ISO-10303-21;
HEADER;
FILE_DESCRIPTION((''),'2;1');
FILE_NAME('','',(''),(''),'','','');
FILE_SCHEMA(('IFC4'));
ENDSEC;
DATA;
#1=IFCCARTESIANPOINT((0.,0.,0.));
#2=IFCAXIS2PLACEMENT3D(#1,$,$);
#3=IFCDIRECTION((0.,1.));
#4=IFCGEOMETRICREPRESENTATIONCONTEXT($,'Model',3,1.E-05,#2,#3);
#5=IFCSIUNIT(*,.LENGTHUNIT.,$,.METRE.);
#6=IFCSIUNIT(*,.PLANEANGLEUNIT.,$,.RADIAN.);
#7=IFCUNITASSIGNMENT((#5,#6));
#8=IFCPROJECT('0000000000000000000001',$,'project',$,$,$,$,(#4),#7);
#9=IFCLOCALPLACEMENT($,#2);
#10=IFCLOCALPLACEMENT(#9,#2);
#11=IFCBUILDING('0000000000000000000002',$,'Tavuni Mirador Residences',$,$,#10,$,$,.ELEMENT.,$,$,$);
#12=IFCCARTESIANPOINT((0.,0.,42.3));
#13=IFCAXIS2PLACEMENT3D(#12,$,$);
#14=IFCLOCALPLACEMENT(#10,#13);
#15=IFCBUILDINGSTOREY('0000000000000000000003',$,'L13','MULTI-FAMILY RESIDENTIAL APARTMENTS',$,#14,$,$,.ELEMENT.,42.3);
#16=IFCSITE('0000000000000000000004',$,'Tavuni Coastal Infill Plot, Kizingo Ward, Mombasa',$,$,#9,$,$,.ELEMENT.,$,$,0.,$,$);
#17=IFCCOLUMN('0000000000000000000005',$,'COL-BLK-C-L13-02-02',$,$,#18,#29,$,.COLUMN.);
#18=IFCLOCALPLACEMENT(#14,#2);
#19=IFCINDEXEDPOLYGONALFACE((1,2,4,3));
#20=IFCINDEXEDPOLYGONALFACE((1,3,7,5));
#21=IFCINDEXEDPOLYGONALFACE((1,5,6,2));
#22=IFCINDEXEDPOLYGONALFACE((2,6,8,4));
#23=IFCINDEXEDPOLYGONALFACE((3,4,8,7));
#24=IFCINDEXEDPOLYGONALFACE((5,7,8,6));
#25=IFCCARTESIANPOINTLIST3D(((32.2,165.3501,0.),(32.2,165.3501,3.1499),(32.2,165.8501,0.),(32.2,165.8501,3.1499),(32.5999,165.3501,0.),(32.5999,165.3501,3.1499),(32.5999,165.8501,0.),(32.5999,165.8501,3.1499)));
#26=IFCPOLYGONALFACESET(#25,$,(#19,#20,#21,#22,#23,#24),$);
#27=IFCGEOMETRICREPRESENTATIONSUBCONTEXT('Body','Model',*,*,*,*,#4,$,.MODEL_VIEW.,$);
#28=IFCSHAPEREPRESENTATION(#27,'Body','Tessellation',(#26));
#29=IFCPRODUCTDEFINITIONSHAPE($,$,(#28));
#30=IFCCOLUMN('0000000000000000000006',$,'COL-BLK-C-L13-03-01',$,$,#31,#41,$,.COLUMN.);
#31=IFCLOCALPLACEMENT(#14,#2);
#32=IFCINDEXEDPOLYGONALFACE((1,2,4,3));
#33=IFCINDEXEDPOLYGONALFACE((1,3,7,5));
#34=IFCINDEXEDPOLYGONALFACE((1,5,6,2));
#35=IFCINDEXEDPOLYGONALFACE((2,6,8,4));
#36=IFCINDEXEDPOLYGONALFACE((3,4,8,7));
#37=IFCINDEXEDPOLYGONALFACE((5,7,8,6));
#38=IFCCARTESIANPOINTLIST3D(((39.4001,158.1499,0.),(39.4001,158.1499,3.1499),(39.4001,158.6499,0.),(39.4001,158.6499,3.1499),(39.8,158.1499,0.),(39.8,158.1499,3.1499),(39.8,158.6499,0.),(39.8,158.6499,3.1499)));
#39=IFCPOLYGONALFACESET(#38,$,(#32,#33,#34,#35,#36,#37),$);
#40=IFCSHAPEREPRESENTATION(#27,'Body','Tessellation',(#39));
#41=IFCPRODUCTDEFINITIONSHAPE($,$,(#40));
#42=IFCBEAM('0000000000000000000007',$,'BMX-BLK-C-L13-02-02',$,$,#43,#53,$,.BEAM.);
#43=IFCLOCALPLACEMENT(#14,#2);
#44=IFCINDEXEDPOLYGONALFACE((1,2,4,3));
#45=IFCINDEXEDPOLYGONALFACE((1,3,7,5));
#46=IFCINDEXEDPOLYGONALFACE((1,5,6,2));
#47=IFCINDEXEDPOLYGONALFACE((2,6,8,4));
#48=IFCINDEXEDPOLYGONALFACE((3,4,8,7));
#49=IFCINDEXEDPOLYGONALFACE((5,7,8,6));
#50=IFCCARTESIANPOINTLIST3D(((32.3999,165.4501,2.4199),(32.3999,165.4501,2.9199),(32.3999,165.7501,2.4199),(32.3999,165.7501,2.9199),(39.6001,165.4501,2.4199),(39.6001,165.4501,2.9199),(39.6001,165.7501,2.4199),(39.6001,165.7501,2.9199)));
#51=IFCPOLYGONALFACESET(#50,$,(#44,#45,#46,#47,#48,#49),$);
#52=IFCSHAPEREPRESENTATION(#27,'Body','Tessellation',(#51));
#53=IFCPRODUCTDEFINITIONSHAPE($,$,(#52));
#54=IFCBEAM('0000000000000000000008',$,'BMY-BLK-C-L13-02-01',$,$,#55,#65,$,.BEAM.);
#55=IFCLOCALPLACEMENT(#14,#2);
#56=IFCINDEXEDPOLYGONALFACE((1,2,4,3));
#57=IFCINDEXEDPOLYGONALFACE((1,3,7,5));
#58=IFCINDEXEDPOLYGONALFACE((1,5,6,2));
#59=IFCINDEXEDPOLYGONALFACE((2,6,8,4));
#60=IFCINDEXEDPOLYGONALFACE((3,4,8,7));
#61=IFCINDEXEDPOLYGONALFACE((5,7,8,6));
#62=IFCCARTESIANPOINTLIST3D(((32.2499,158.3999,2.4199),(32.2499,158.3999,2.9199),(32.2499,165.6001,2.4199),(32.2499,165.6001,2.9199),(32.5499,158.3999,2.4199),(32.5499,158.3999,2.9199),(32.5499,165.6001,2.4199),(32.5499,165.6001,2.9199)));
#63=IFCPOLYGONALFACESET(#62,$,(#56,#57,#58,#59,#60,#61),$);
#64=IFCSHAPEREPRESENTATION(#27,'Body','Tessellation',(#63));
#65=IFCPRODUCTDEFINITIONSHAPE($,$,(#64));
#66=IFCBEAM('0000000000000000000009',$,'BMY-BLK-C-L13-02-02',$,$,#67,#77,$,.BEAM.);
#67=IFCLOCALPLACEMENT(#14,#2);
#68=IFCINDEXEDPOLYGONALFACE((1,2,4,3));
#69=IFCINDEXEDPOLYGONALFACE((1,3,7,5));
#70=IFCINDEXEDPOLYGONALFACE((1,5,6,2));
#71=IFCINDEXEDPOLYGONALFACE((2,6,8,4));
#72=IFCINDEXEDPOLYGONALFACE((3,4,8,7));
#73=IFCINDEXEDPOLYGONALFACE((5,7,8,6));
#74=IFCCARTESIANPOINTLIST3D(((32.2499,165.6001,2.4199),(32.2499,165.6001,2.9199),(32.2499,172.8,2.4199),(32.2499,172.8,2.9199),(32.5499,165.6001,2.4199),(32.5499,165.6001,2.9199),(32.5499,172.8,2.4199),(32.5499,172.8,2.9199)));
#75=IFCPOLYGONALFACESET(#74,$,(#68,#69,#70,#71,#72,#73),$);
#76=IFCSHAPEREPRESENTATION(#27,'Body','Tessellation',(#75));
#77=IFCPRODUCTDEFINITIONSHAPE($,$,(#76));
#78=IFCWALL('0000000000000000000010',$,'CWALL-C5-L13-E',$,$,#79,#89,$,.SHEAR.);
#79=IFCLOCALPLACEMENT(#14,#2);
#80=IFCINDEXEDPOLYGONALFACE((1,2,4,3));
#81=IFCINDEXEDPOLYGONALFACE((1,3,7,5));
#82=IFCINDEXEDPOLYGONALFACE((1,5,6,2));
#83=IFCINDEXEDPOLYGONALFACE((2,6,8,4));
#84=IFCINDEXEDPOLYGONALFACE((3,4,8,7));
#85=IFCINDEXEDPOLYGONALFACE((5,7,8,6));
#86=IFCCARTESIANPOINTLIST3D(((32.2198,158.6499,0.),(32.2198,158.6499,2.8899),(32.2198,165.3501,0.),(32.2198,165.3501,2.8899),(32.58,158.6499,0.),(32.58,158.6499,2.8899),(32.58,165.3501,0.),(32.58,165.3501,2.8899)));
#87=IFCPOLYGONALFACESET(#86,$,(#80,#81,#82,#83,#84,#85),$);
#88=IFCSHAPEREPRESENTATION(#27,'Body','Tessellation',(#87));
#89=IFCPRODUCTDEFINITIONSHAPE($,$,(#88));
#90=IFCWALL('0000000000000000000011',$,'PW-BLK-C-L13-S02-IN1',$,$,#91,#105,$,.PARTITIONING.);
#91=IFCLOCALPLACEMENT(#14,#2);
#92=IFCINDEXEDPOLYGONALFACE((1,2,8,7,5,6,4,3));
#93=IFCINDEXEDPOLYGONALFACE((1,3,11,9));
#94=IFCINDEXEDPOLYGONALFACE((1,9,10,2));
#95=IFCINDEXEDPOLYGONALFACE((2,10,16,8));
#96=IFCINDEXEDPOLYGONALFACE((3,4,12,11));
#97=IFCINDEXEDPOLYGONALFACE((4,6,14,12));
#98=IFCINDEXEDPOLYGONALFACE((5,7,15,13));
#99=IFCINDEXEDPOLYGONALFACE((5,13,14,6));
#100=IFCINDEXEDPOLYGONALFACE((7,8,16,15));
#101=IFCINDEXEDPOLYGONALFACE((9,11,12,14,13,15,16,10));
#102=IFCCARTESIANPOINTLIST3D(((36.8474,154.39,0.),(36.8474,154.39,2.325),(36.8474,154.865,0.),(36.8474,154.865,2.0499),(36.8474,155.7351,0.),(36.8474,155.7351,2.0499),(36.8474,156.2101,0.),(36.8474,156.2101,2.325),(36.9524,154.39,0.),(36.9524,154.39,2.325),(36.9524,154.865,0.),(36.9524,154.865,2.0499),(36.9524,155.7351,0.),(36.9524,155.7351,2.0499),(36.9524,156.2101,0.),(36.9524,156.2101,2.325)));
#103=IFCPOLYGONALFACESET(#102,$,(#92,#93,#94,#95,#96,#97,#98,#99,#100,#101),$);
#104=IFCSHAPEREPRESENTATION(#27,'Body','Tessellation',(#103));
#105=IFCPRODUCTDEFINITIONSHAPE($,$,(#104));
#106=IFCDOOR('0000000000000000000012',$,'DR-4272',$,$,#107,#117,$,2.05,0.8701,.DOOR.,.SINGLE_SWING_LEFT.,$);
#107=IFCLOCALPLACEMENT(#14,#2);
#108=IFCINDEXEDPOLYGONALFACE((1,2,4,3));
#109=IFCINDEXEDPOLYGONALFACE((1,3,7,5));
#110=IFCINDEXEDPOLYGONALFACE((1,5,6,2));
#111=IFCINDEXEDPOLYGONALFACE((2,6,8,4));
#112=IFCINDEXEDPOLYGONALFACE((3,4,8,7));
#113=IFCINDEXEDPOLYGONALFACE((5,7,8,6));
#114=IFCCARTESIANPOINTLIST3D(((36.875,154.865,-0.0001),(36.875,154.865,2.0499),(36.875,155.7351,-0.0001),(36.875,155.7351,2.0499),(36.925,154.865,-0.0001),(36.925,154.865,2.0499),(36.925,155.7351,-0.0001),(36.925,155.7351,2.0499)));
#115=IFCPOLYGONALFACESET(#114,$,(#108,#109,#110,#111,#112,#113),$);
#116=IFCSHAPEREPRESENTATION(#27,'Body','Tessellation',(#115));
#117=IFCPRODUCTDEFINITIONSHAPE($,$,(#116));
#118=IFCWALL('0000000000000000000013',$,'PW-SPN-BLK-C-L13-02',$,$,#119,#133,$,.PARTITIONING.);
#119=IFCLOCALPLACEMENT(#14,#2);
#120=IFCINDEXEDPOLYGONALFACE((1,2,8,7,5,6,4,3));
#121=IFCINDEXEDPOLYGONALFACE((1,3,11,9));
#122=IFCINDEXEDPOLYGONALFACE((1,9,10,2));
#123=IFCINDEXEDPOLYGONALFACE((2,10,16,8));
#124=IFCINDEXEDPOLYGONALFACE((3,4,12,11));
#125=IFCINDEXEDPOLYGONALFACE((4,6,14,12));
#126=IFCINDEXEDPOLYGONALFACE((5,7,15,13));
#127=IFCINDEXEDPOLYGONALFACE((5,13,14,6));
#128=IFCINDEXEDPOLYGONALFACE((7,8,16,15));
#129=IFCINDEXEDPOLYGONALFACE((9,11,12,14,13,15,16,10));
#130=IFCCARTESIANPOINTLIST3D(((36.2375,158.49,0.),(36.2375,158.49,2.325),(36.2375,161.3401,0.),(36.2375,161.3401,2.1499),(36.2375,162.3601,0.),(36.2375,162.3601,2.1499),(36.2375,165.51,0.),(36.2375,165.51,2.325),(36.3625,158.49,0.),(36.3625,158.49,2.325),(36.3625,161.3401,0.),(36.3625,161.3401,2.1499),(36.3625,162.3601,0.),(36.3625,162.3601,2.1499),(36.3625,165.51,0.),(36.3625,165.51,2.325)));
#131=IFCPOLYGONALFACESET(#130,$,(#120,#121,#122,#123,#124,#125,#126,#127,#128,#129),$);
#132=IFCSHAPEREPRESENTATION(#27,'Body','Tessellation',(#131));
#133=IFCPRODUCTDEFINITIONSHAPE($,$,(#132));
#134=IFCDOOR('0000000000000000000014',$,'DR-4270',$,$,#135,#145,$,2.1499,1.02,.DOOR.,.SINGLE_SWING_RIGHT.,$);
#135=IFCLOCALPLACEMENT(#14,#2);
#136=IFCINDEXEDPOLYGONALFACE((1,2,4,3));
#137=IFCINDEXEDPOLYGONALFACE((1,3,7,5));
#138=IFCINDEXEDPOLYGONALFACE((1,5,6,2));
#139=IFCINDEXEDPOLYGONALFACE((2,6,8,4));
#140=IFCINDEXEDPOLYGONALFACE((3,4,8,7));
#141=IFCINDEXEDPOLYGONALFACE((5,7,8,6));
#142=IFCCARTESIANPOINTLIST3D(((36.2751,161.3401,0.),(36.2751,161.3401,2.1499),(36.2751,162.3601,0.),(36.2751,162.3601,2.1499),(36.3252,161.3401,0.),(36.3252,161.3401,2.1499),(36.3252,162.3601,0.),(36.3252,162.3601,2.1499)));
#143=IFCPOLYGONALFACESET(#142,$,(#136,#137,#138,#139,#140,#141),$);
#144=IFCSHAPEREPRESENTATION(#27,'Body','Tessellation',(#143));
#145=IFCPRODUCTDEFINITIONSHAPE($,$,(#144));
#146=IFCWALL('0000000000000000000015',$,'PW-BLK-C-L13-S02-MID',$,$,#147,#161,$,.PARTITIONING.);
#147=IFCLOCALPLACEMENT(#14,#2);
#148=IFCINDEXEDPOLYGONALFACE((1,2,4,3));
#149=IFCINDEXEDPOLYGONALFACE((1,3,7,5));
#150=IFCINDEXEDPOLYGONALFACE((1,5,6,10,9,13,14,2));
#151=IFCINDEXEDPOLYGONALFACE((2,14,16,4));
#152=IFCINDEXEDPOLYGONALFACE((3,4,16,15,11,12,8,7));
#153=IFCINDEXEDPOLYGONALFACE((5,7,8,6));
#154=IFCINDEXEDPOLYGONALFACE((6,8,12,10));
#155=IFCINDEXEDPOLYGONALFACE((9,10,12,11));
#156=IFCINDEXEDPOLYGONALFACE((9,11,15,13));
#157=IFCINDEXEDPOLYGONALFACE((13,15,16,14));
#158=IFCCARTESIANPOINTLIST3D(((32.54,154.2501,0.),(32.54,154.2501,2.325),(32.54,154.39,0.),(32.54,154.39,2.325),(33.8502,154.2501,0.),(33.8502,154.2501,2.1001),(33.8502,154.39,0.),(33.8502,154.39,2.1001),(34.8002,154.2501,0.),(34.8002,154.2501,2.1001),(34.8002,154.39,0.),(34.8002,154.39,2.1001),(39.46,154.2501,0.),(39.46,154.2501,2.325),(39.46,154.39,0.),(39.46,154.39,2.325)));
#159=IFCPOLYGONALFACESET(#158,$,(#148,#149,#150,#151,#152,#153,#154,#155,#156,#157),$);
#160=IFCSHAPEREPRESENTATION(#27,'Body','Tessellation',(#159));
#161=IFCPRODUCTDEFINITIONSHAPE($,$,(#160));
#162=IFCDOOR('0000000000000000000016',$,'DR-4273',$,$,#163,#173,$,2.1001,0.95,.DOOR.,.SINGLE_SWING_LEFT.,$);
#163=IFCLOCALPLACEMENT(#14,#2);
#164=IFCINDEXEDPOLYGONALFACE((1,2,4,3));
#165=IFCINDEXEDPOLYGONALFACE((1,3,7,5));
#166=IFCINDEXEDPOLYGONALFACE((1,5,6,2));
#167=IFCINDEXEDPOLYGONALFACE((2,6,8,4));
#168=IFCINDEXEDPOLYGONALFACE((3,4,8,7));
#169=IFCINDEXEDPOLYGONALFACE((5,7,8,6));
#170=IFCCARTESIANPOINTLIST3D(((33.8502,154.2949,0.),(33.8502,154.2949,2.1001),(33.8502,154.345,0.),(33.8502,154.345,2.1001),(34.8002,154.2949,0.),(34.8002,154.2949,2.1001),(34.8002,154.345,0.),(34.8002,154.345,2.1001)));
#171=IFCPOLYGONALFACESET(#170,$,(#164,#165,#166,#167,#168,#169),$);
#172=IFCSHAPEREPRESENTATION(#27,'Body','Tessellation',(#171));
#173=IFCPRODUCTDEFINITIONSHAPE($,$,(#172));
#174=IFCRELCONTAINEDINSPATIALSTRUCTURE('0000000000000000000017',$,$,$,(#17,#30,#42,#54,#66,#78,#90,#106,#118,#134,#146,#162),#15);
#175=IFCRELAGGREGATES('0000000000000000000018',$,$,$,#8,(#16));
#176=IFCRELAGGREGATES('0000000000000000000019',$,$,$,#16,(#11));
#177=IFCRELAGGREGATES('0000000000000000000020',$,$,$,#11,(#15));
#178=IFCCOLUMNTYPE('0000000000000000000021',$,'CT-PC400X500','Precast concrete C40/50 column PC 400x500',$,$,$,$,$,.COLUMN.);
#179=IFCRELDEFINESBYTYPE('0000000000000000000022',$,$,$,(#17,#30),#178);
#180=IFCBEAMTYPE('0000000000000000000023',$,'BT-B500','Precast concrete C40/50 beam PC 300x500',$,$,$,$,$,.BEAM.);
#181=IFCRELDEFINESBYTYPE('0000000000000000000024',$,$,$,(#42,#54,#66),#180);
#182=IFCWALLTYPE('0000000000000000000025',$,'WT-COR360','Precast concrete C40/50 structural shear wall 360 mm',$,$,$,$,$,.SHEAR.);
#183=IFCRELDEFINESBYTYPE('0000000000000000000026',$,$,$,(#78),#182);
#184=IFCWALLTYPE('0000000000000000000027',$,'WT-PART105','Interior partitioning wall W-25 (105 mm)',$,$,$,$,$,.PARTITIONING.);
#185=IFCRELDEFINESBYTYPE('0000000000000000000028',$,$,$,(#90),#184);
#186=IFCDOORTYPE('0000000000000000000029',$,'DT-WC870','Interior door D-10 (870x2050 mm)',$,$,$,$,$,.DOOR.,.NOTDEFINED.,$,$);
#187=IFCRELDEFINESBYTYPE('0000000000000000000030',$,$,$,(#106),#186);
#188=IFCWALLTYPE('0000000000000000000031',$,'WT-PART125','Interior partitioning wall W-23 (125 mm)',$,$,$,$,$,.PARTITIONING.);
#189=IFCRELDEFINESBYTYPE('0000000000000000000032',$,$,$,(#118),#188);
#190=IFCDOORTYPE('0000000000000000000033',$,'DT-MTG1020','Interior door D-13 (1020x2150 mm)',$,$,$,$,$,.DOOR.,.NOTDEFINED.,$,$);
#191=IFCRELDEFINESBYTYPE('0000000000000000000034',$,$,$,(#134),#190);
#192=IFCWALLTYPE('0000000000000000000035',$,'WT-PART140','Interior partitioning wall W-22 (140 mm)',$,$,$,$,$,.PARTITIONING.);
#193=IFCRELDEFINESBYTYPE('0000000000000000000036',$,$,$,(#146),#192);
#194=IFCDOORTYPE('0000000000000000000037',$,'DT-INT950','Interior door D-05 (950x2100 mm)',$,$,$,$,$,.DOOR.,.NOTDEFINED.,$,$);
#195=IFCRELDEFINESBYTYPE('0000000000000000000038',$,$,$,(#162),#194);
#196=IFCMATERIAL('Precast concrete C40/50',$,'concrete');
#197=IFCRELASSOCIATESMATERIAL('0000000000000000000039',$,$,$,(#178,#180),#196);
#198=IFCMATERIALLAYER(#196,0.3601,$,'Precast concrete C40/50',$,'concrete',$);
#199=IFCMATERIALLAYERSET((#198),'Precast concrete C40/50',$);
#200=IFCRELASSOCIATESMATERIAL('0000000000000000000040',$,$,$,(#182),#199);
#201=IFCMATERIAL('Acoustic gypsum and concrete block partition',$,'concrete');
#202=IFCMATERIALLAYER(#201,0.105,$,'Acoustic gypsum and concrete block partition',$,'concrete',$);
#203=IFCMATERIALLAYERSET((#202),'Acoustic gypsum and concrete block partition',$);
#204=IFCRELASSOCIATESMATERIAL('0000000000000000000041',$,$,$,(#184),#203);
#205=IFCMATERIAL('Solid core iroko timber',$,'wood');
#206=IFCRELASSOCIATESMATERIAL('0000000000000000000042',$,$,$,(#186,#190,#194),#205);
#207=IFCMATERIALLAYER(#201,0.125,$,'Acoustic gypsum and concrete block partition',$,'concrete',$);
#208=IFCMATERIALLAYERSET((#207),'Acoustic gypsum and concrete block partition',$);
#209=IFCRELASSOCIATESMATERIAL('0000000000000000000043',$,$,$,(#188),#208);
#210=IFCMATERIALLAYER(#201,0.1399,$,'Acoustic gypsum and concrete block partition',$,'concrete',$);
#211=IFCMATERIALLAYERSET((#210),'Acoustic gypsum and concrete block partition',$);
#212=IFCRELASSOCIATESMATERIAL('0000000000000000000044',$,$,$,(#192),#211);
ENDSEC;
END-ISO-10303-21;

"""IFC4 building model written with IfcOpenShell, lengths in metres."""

from ifc_helpers import new_model, si_unit, direction, frame, frame_2d, origin, origin_2d, place, context, subcontext, project, spatial, rectangle, extrude, material, layer, layer_set, material_profile, profile_set, type_object, element, fill, save


model = new_model("IFC4")

# Units and contexts
model_context = context("Model", 3, precision=1e-05, world=origin(), true_north=direction((0.0, 1.0)))
body_context = subcontext(model_context, "Body", "Model", "MODEL_VIEW")
ifc_project = project(units=[si_unit("LENGTHUNIT", "METRE"), si_unit("PLANEANGLEUNIT", "RADIAN")], contexts=[model_context])

# Site, building, storey
site_placement = place(None, origin())
site = spatial("IfcSite", under=ifc_project, at=site_placement, Name="Tavuni Coastal Infill Plot, Kizingo Ward, Mombasa", CompositionType="ELEMENT", RefElevation=0.0)
building_placement = place(site_placement, origin())
building = spatial("IfcBuilding", under=site, at=building_placement, Name="Tavuni Mirador Residences", CompositionType="ELEMENT")
storey_placement = place(building_placement, frame((0.0, 0.0, 42.3)))
storey = spatial("IfcBuildingStorey", under=building, at=storey_placement, Name="L13", Description="MULTI-FAMILY RESIDENTIAL APARTMENTS", CompositionType="ELEMENT", Elevation=42.3)

# Columns
ifc_material_1 = material(Name="Precast concrete C40/50", Category="concrete")
ifc_material_profile_1 = material_profile(ifc_material_1, rectangle(XDim=0.3999, YDim=0.5, at=origin_2d()), Name="PC 400x500", Category="concrete")
ifc_profile_set_1 = profile_set([ifc_material_profile_1], Name="Precast concrete C40/50")
column_type = type_object("IfcColumnType", Name="CT-PC400X500", Description="Precast concrete C40/50 column PC 400x500", PredefinedType="COLUMN", material=ifc_profile_set_1)
for number, where, z_axis, x_axis, name in (
    (1, (32.3999, 165.6001, 0.0), (0.0, 0.0, 1.0), (1.0, 0.0, 0.0), "COL-BLK-C-L13-02-02"),
    (2, (39.6001, 158.3999, 0.0), (0.0, 0.0, 1.0), (1.0, 0.0, 0.0), "COL-BLK-C-L13-03-01"),
):
    element("IfcColumn", number, at=place(storey_placement, frame(where, z_axis=z_axis, x_axis=x_axis)), inside=storey, type_object=column_type, Name=name, PredefinedType="COLUMN", context=body_context, shape_type="SweptSolid", body=[
        extrude(rectangle(XDim=0.3999, YDim=0.5, at=origin_2d()), origin(), (0.0, 0.0, 1.0), 3.1499),
    ])

# Beams
ifc_material_profile_2 = material_profile(ifc_material_1, rectangle(XDim=0.3, YDim=0.5, at=origin_2d()), Name="PC 300x500", Category="concrete")
ifc_profile_set_2 = profile_set([ifc_material_profile_2], Name="Precast concrete C40/50")
beam_type = type_object("IfcBeamType", Name="BT-B500", Description="Precast concrete C40/50 beam PC 300x500", PredefinedType="BEAM", material=ifc_profile_set_2)
for number, where, z_axis, x_axis, name in (
    (3, (32.3999, 165.6001, 2.6699), (1.0, 0.0, 0.0), (0.0, 1.0, 0.0), "BMX-BLK-C-L13-02-02"),
    (4, (32.3999, 158.3999, 2.6699), (0.0, 1.0, 0.0), (-1.0, 0.0, 0.0), "BMY-BLK-C-L13-02-01"),
):
    element("IfcBeam", number, at=place(storey_placement, frame(where, z_axis=z_axis, x_axis=x_axis)), inside=storey, type_object=beam_type, Name=name, PredefinedType="BEAM", context=body_context, shape_type="SweptSolid", body=[
        extrude(rectangle(XDim=0.3, YDim=0.5, at=origin_2d()), origin(), (0.0, 0.0, 1.0), 7.2002),
    ])
beam_placement = place(storey_placement, frame((32.3999, 165.6001, 2.6699), z_axis=(0.0, 1.0, 0.0), x_axis=(-1.0, 0.0, 0.0)))
element("IfcBeam", 5, at=beam_placement, inside=storey, type_object=beam_type, Name="BMY-BLK-C-L13-02-02", PredefinedType="BEAM", context=body_context, shape_type="SweptSolid", body=[
    extrude(rectangle(XDim=0.3, YDim=0.5, at=origin_2d()), origin(), (0.0, 0.0, 1.0), 7.2),
])

# Wall
ifc_layer_1 = layer(ifc_material_1, 0.3601, Name="Precast concrete C40/50", Category="concrete")
ifc_layer_set_1 = layer_set([ifc_layer_1], Name="Precast concrete C40/50")
wall_type_1 = type_object("IfcWallType", Name="WT-COR360", Description="Precast concrete C40/50 structural shear wall 360 mm", PredefinedType="SHEAR", material=ifc_layer_set_1)
wall_1_placement = place(storey_placement, frame((32.3999, 158.6499, 0.0), z_axis=(0.0, 0.0, 1.0), x_axis=(0.0, 1.0, 0.0)))
element("IfcWall", 6, at=wall_1_placement, inside=storey, type_object=wall_type_1, Name="CWALL-C5-L13-E", PredefinedType="SHEAR", context=body_context, shape_type="SweptSolid", body=[
    extrude(rectangle(XDim=6.7002, YDim=0.3601, at=frame_2d((3.3501, 0.0))), origin(), (0.0, 0.0, 1.0), 2.8899),
])

# Walls, openings, doors
ifc_material_2 = material(Name="Solid core iroko timber", Category="wood")
ifc_material_3 = material(Name="Acoustic gypsum and concrete block partition", Category="concrete")
ifc_layer_2 = layer(ifc_material_3, 0.105, Name="Acoustic gypsum and concrete block partition", Category="concrete")
ifc_layer_set_2 = layer_set([ifc_layer_2], Name="Acoustic gypsum and concrete block partition")
wall_type_2 = type_object("IfcWallType", Name="WT-PART105", Description="Interior partitioning wall W-25 (105 mm)", PredefinedType="PARTITIONING", material=ifc_layer_set_2)
wall_2_placement = place(storey_placement, frame((36.8999, 154.3899, 0.0), z_axis=(0.0, 0.0, 1.0), x_axis=(0.0, 1.0, 0.0)))
wall_2 = element("IfcWall", 7, at=wall_2_placement, inside=storey, type_object=wall_type_2, Name="PW-BLK-C-L13-S02-IN1", PredefinedType="PARTITIONING", context=body_context, shape_type="SweptSolid", body=[
    extrude(rectangle(XDim=1.8201, YDim=0.105, at=frame_2d((0.9102, 0.0))), origin(), (0.0, 0.0, 1.0), 2.325),
])
opening_1_placement = place(wall_2_placement, frame((0.4751, 0.0, 0.0)))
opening_1 = element("IfcOpeningElement", 8, at=opening_1_placement, cuts=wall_2, PredefinedType="OPENING", context=body_context, shape_type="SweptSolid", body=[
    extrude(rectangle(XDim=0.8701, YDim=2.05, at=frame_2d((0.4351, 1.0249))), frame((0.0, 0.0625, 0.0), z_axis=(0.0, -1.0, 0.0), x_axis=(1.0, 0.0, 0.0)), (0.0, 0.0, 1.0), 0.125),
])
door_type_1 = type_object("IfcDoorType", Name="DT-WC870", Description="Interior door D-10 (870x2050 mm)", OperationType="NOTDEFINED", PredefinedType="DOOR", material=ifc_material_2)
door_1_placement = place(opening_1_placement, origin())
door_1 = element("IfcDoor", 9, at=door_1_placement, inside=storey, type_object=door_type_1, Name="DR-4272", OperationType="SINGLE_SWING_LEFT", OverallHeight=2.05, OverallWidth=0.8701, PredefinedType="DOOR", context=body_context, shape_type="SweptSolid", body=[
    extrude(rectangle(XDim=0.8701, YDim=2.05, at=frame_2d((0.4351, 1.0249))), frame((0.0, 0.0249, 0.0), z_axis=(0.0, -1.0, 0.0), x_axis=(1.0, 0.0, 0.0)), (0.0, 0.0, 1.0), 0.05),
])
fill(opening_1, door_1)
ifc_layer_3 = layer(ifc_material_3, 0.125, Name="Acoustic gypsum and concrete block partition", Category="concrete")
ifc_layer_set_3 = layer_set([ifc_layer_3], Name="Acoustic gypsum and concrete block partition")
wall_type_3 = type_object("IfcWallType", Name="WT-PART125", Description="Interior partitioning wall W-23 (125 mm)", PredefinedType="PARTITIONING", material=ifc_layer_set_3)
wall_3_placement = place(storey_placement, frame((36.3, 158.49, 0.0), z_axis=(0.0, 0.0, 1.0), x_axis=(0.0, 1.0, 0.0)))
wall_3 = element("IfcWall", 10, at=wall_3_placement, inside=storey, type_object=wall_type_3, Name="PW-SPN-BLK-C-L13-02", PredefinedType="PARTITIONING", context=body_context, shape_type="SweptSolid", body=[
    extrude(rectangle(XDim=7.02, YDim=0.125, at=frame_2d((3.51, 0.0))), origin(), (0.0, 0.0, 1.0), 2.325),
])
opening_2_placement = place(wall_3_placement, frame((2.8501, 0.0, 0.0)))
opening_2 = element("IfcOpeningElement", 11, at=opening_2_placement, cuts=wall_3, PredefinedType="OPENING", context=body_context, shape_type="SweptSolid", body=[
    extrude(rectangle(XDim=1.02, YDim=2.1499, at=frame_2d((0.51, 1.075))), frame((0.0, 0.0725, 0.0), z_axis=(0.0, -1.0, 0.0), x_axis=(1.0, 0.0, 0.0)), (0.0, 0.0, 1.0), 0.145),
])
door_type_2 = type_object("IfcDoorType", Name="DT-MTG1020", Description="Interior door D-13 (1020x2150 mm)", OperationType="NOTDEFINED", PredefinedType="DOOR", material=ifc_material_2)
door_2_placement = place(opening_2_placement, origin())
door_2 = element("IfcDoor", 12, at=door_2_placement, inside=storey, type_object=door_type_2, Name="DR-4270", OperationType="SINGLE_SWING_RIGHT", OverallHeight=2.1499, OverallWidth=1.02, PredefinedType="DOOR", context=body_context, shape_type="SweptSolid", body=[
    extrude(rectangle(XDim=1.02, YDim=2.1499, at=frame_2d((0.51, 1.075))), frame((0.0, 0.0249, 0.0), z_axis=(0.0, -1.0, 0.0), x_axis=(1.0, 0.0, 0.0)), (0.0, 0.0, 1.0), 0.05),
])
fill(opening_2, door_2)
ifc_layer_4 = layer(ifc_material_3, 0.1399, Name="Acoustic gypsum and concrete block partition", Category="concrete")
ifc_layer_set_4 = layer_set([ifc_layer_4], Name="Acoustic gypsum and concrete block partition")
wall_type_4 = type_object("IfcWallType", Name="WT-PART140", Description="Interior partitioning wall W-22 (140 mm)", PredefinedType="PARTITIONING", material=ifc_layer_set_4)
wall_4_placement = place(storey_placement, frame((32.54, 154.3201, 0.0), z_axis=(0.0, 0.0, 1.0), x_axis=(1.0, 0.0, 0.0)))
wall_4 = element("IfcWall", 13, at=wall_4_placement, inside=storey, type_object=wall_type_4, Name="PW-BLK-C-L13-S02-MID", PredefinedType="PARTITIONING", context=body_context, shape_type="SweptSolid", body=[
    extrude(rectangle(XDim=6.9199, YDim=0.1399, at=frame_2d((3.46, 0.0))), origin(), (0.0, 0.0, 1.0), 2.325),
])
opening_3_placement = place(wall_4_placement, frame((1.3101, 0.0, 0.0)))
opening_3 = element("IfcOpeningElement", 14, at=opening_3_placement, cuts=wall_4, PredefinedType="OPENING", context=body_context, shape_type="SweptSolid", body=[
    extrude(rectangle(XDim=0.95, YDim=2.1001, at=frame_2d((0.4751, 1.05))), frame((0.0, 0.0801, 0.0), z_axis=(0.0, -1.0, 0.0), x_axis=(1.0, 0.0, 0.0)), (0.0, 0.0, 1.0), 0.1599),
])
door_type_3 = type_object("IfcDoorType", Name="DT-INT950", Description="Interior door D-05 (950x2100 mm)", OperationType="NOTDEFINED", PredefinedType="DOOR", material=ifc_material_2)
door_3_placement = place(opening_3_placement, origin())
door_3 = element("IfcDoor", 15, at=door_3_placement, inside=storey, type_object=door_type_3, Name="DR-4273", OperationType="SINGLE_SWING_LEFT", OverallHeight=2.1001, OverallWidth=0.95, PredefinedType="DOOR", context=body_context, shape_type="SweptSolid", body=[
    extrude(rectangle(XDim=0.95, YDim=2.1001, at=frame_2d((0.4751, 1.05))), frame((0.0, 0.0249, 0.0), z_axis=(0.0, -1.0, 0.0), x_axis=(1.0, 0.0, 0.0)), (0.0, 0.0, 1.0), 0.05),
])
fill(opening_3, door_3)

save(model, "model.ifc")
